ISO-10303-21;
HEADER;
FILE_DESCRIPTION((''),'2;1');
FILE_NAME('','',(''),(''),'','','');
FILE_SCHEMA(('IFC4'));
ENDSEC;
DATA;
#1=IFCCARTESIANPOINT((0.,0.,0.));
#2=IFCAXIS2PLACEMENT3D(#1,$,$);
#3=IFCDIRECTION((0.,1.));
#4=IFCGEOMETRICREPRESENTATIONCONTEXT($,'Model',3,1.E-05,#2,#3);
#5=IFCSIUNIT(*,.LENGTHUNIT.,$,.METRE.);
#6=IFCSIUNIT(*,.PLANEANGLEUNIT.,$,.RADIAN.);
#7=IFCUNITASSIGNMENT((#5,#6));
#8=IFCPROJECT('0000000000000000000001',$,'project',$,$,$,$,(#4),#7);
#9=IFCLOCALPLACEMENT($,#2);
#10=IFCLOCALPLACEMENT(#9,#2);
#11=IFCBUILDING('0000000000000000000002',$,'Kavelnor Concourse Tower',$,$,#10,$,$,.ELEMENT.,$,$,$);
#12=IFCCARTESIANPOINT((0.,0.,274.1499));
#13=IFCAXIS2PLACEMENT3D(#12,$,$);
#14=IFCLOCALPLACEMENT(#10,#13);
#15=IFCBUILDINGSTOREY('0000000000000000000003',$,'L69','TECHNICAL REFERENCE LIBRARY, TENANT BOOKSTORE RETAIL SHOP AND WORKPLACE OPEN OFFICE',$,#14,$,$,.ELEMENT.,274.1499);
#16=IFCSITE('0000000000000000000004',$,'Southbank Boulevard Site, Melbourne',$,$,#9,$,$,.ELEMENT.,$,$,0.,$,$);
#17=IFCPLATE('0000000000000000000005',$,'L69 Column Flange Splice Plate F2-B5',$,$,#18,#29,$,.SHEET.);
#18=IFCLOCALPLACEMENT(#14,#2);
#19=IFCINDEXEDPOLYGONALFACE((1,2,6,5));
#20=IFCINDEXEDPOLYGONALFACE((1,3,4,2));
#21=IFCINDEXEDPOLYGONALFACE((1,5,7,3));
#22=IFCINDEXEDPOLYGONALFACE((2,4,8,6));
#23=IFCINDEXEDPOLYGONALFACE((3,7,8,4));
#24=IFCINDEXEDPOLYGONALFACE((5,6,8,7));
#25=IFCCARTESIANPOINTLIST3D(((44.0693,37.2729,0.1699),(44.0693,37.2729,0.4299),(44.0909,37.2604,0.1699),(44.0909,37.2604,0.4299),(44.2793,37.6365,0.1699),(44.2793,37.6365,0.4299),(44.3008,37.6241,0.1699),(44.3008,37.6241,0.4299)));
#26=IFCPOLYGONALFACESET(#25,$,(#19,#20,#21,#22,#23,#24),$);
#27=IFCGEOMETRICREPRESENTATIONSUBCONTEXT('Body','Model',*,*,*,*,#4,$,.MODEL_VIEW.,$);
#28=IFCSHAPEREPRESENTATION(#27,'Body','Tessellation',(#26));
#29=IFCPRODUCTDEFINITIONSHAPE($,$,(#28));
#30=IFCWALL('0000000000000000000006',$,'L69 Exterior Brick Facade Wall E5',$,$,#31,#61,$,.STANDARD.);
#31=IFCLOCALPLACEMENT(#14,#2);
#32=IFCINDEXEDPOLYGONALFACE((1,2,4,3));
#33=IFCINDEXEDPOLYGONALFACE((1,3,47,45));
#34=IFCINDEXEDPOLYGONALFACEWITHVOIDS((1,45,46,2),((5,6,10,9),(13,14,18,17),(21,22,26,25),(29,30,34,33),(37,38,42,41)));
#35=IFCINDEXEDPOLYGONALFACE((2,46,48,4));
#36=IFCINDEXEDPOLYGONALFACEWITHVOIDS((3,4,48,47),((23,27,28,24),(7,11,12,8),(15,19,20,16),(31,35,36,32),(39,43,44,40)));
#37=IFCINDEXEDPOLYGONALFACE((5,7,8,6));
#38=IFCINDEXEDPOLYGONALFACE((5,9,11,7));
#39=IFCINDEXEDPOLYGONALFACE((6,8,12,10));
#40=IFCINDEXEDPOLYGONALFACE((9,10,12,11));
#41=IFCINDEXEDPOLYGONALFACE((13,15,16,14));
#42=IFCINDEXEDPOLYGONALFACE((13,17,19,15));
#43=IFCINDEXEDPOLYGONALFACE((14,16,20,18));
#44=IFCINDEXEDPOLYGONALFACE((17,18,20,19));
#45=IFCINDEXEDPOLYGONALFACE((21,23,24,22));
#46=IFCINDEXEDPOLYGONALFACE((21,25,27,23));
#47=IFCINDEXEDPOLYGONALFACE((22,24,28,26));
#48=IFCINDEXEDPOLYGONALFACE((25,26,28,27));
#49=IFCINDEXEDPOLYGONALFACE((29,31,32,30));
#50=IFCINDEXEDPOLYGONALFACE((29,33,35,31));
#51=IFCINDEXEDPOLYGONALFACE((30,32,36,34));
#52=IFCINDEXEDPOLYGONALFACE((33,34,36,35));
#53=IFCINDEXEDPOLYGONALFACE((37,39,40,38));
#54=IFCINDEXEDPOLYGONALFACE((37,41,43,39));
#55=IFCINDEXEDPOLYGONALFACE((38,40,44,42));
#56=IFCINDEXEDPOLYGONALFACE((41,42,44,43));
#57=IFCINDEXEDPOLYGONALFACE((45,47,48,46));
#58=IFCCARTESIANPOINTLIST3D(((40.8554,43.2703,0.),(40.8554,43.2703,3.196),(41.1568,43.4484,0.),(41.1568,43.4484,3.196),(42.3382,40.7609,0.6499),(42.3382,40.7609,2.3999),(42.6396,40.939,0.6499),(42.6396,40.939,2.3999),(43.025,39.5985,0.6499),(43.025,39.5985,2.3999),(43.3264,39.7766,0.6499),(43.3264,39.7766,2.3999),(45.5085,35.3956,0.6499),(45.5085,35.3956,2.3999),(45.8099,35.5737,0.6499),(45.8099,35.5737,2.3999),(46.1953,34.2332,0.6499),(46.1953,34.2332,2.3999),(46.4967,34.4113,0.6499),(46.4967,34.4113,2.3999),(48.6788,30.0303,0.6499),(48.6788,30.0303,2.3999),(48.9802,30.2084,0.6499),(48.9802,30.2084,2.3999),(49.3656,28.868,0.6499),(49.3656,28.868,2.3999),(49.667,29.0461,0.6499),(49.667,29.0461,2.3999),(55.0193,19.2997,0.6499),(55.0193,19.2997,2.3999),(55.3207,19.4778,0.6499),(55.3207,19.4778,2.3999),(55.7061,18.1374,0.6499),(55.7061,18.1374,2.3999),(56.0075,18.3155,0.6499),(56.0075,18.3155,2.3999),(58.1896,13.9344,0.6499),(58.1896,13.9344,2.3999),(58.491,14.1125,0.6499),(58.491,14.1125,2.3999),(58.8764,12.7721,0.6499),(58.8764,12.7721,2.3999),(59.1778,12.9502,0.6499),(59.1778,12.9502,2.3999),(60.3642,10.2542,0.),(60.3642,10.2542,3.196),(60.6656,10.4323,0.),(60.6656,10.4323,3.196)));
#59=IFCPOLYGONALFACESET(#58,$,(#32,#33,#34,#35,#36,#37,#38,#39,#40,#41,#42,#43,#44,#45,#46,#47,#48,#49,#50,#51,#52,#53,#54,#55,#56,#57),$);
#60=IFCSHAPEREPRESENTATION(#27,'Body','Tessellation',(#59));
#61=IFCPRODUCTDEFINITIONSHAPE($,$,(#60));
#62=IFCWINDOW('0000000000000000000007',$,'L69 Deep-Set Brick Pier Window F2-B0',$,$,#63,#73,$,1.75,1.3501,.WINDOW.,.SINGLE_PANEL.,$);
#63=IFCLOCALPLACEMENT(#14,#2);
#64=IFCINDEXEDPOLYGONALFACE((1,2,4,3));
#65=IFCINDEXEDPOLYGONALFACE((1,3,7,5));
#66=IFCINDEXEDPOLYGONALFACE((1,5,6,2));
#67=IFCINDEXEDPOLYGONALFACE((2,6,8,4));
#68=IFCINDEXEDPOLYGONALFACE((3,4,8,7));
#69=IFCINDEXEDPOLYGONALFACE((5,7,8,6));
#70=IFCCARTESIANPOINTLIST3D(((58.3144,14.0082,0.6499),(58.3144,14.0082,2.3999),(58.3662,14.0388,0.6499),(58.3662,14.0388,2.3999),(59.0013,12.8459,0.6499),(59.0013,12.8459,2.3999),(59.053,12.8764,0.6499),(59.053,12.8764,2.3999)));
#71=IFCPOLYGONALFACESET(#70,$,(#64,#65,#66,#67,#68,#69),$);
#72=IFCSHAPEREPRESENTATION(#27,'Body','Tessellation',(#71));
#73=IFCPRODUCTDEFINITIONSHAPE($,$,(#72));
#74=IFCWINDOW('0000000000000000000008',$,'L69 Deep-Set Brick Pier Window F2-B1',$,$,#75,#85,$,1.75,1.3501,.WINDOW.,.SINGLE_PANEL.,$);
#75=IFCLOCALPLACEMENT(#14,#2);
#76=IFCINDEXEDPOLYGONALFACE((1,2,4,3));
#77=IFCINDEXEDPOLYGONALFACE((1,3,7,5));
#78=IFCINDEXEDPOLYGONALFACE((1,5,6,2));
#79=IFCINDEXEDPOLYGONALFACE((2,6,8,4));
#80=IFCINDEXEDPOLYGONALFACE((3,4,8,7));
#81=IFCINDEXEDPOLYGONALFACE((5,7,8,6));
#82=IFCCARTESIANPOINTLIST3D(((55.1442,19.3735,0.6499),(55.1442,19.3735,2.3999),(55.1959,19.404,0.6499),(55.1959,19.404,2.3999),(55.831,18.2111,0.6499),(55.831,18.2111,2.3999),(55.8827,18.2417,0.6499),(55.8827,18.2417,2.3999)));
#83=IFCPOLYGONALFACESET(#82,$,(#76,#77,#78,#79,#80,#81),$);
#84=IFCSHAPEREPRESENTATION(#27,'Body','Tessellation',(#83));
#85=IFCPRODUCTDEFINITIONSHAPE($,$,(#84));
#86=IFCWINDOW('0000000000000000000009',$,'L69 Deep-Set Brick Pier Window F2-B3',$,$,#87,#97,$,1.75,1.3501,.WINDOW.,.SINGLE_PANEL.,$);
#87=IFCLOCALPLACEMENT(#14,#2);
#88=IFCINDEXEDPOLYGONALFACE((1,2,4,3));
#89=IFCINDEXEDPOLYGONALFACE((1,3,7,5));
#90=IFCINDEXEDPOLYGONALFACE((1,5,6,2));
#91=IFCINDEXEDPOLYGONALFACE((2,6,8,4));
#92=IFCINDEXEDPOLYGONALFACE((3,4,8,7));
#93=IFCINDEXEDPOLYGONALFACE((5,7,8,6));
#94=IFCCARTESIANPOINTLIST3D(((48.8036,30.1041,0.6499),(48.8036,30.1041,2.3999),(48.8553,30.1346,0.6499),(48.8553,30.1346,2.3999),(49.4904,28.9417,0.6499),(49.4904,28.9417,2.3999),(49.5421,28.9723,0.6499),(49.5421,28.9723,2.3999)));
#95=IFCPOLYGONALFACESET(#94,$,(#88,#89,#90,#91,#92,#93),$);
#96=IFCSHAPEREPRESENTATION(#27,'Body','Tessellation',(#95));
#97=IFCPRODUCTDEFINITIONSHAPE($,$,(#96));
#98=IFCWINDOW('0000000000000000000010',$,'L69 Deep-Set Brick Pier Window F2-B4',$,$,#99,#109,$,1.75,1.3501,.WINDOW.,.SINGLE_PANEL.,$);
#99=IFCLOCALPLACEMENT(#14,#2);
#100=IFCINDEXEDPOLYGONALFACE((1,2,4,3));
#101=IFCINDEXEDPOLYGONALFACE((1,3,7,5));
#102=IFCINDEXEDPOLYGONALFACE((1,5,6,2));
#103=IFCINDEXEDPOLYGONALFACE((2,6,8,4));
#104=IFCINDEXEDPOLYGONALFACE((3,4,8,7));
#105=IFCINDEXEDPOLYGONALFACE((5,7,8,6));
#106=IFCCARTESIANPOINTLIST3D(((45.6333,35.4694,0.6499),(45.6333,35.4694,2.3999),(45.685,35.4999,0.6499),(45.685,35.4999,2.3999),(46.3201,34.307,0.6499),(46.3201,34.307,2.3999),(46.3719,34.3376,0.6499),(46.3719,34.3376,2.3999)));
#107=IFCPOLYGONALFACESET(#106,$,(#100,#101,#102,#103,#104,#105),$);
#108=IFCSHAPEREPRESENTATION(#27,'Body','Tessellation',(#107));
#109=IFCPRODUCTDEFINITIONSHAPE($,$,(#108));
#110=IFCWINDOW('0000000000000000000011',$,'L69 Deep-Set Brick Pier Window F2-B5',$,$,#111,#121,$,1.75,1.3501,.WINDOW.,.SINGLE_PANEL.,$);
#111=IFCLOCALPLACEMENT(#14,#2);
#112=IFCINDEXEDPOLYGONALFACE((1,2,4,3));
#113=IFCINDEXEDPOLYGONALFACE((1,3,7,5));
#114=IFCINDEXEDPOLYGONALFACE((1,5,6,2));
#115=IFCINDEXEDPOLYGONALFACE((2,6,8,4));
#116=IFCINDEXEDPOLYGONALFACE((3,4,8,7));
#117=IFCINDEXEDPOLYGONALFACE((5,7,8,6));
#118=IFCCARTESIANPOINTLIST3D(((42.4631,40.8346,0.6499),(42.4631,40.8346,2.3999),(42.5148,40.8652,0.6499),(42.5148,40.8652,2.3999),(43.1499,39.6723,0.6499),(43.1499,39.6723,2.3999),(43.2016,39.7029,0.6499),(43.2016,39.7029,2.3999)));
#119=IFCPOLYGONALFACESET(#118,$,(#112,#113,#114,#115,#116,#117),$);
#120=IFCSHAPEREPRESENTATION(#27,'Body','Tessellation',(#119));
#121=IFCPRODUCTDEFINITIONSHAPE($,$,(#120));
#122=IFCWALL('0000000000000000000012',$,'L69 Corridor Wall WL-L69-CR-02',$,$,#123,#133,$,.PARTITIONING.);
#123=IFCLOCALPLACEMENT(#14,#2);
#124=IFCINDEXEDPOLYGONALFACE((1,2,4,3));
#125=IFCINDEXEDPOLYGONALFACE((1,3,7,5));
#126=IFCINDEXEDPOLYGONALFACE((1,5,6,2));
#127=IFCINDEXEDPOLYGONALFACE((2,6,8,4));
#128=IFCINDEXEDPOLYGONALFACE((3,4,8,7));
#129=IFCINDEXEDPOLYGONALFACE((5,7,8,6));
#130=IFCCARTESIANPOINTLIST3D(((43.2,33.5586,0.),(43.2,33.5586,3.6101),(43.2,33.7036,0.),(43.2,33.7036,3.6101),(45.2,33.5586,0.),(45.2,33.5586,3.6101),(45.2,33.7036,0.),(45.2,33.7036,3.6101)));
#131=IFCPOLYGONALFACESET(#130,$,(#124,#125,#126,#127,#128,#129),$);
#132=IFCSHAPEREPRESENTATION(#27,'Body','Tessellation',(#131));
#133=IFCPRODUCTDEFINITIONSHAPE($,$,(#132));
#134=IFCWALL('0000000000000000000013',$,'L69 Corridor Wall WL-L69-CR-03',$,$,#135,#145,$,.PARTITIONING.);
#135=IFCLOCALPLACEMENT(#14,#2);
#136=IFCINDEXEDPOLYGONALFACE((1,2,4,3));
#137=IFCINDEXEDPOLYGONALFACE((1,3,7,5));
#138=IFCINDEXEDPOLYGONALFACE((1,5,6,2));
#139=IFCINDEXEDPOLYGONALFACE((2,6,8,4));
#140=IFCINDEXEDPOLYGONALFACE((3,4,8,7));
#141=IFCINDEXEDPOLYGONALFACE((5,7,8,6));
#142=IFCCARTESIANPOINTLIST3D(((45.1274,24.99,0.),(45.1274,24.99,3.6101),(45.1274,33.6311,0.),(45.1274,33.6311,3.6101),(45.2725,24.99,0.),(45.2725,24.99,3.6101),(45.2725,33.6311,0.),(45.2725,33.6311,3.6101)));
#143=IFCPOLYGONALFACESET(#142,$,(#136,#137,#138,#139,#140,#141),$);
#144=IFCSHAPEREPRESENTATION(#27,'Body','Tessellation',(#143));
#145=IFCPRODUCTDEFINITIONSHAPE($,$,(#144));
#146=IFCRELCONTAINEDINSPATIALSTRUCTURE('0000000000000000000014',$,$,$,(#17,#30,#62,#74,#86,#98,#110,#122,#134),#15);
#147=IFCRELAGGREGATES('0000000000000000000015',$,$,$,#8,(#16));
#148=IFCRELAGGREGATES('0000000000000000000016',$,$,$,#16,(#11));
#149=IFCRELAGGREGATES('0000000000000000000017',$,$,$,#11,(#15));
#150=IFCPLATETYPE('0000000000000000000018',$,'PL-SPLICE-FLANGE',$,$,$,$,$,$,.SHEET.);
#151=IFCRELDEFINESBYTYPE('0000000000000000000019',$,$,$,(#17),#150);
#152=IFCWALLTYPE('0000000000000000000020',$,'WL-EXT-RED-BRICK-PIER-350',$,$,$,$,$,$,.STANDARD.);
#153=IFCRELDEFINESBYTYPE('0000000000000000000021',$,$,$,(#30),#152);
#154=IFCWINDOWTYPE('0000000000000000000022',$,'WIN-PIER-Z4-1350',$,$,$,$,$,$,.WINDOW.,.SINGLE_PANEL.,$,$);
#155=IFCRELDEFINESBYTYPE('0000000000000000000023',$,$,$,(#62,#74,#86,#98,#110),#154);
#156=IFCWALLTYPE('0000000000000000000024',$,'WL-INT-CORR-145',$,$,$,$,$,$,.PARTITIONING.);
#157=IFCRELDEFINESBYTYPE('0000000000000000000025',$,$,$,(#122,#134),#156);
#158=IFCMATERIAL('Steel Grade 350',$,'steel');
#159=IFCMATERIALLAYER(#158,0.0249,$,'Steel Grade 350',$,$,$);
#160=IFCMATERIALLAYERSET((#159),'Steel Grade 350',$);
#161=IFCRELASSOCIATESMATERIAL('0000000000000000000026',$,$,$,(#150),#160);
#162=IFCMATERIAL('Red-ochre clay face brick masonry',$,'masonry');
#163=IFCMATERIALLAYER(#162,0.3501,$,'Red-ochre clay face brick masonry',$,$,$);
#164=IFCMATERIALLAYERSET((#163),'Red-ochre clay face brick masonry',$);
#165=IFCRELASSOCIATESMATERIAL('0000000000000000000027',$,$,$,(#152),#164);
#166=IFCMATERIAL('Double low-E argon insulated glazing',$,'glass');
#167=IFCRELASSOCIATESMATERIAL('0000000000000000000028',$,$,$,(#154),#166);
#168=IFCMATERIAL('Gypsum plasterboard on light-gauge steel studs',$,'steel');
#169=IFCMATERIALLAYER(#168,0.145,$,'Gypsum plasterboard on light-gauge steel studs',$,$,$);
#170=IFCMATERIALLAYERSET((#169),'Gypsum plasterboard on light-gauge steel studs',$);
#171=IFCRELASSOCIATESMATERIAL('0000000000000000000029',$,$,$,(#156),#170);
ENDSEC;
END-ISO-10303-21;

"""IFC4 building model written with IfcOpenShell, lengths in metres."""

from ifc_helpers import new_model, si_unit, direction, frame, frame_2d, origin, origin_2d, place, context, subcontext, project, spatial, rectangle, extrude, material, layer, layer_set, type_object, element, fill, save


model = new_model("IFC4")

# Units and contexts
model_context = context("Model", 3, precision=1e-05, world=origin(), true_north=direction((0.0, 1.0)))
body_context = subcontext(model_context, "Body", "Model", "MODEL_VIEW")
ifc_project = project(units=[si_unit("LENGTHUNIT", "METRE"), si_unit("PLANEANGLEUNIT", "RADIAN")], contexts=[model_context])

# Site, building, storey
site_placement = place(None, origin())
site = spatial("IfcSite", under=ifc_project, at=site_placement, Name="Southbank Boulevard Site, Melbourne", CompositionType="ELEMENT", RefElevation=0.0)
building_placement = place(site_placement, origin())
building = spatial("IfcBuilding", under=site, at=building_placement, Name="Kavelnor Concourse Tower", CompositionType="ELEMENT")
storey_placement = place(building_placement, frame((0.0, 0.0, 274.1499)))
storey = spatial("IfcBuildingStorey", under=building, at=storey_placement, Name="L69", Description="TECHNICAL REFERENCE LIBRARY, TENANT BOOKSTORE RETAIL SHOP AND WORKPLACE OPEN OFFICE", CompositionType="ELEMENT", Elevation=274.1499)

# Shared definitions
ifc_material_1 = material(Name="Steel Grade 350", Category="steel")

# Plate
ifc_layer_1 = layer(ifc_material_1, 0.0249, Name="Steel Grade 350")
ifc_layer_set_1 = layer_set([ifc_layer_1], Name="Steel Grade 350")
plate_type_1 = type_object("IfcPlateType", Name="PL-SPLICE-FLANGE", PredefinedType="SHEET", material=ifc_layer_set_1)
plate_placement = place(storey_placement, frame((44.1851, 37.4485, 0.1699), z_axis=(0.0, 0.0, 1.0), x_axis=(-0.5, -0.866025, 0.0)))
element("IfcPlate", 1, at=plate_placement, inside=storey, type_object=plate_type_1, Name="L69 Column Flange Splice Plate F2-B5", PredefinedType="SHEET", context=body_context, shape_type="SweptSolid", body=[
    extrude(rectangle(XDim=0.4199, YDim=0.0249, at=origin_2d()), origin(), (0.0, 0.0, 1.0), 0.26),
])

# Wall, openings, windows
ifc_material_2 = material(Name="Red-ochre clay face brick masonry", Category="masonry")
ifc_layer_2 = layer(ifc_material_2, 0.3501, Name="Red-ochre clay face brick masonry")
ifc_layer_set_2 = layer_set([ifc_layer_2], Name="Red-ochre clay face brick masonry")
wall_type_1 = type_object("IfcWallType", Name="WL-EXT-RED-BRICK-PIER-350", PredefinedType="STANDARD", material=ifc_layer_set_2)
wall_1_placement = place(storey_placement, frame((41.0061, 43.3594, 0.0), z_axis=(0.0, 0.0, 1.0), x_axis=(0.508715, -0.860935, 0.0)))
wall_1 = element("IfcWall", 2, at=wall_1_placement, inside=storey, type_object=wall_type_1, Name="L69 Exterior Brick Facade Wall E5", PredefinedType="STANDARD", context=body_context, shape_type="SweptSolid", body=[
    extrude(rectangle(XDim=38.3491, YDim=0.3501, at=frame_2d((19.1746, 0.0))), origin(), (0.0, 0.0, 1.0), 3.196),
])
opening_1_placement = place(wall_1_placement, frame((34.0745, 0.0, 0.6499)))
opening_1 = element("IfcOpeningElement", 3, at=opening_1_placement, cuts=wall_1, PredefinedType="OPENING", context=body_context, shape_type="SweptSolid", body=[
    extrude(rectangle(XDim=1.3501, YDim=1.75, at=frame_2d((0.675, 0.875))), frame((0.0, 0.1851, 0.0), z_axis=(0.0, -1.0, 0.0), x_axis=(1.0, 0.0, 0.0)), (0.0, 0.0, 1.0), 0.3701),
])
opening_2_placement = place(wall_1_placement, frame((27.8425, 0.0, 0.6499)))
opening_2 = element("IfcOpeningElement", 4, at=opening_2_placement, cuts=wall_1, PredefinedType="OPENING", context=body_context, shape_type="SweptSolid", body=[
    extrude(rectangle(XDim=1.3501, YDim=1.75, at=frame_2d((0.675, 0.875))), frame((0.0, 0.1851, 0.0), z_axis=(0.0, -1.0, 0.0), x_axis=(1.0, 0.0, 0.0)), (0.0, 0.0, 1.0), 0.3701),
])
opening_3_placement = place(wall_1_placement, frame((15.3787, 0.0, 0.6499)))
opening_3 = element("IfcOpeningElement", 5, at=opening_3_placement, cuts=wall_1, PredefinedType="OPENING", context=body_context, shape_type="SweptSolid", body=[
    extrude(rectangle(XDim=1.3501, YDim=1.75, at=frame_2d((0.675, 0.875))), frame((0.0, 0.1851, 0.0), z_axis=(0.0, -1.0, 0.0), x_axis=(1.0, 0.0, 0.0)), (0.0, 0.0, 1.0), 0.3701),
])
opening_4_placement = place(wall_1_placement, frame((9.1467, 0.0, 0.6499)))
opening_4 = element("IfcOpeningElement", 6, at=opening_4_placement, cuts=wall_1, PredefinedType="OPENING", context=body_context, shape_type="SweptSolid", body=[
    extrude(rectangle(XDim=1.3501, YDim=1.75, at=frame_2d((0.675, 0.875))), frame((0.0, 0.1851, 0.0), z_axis=(0.0, -1.0, 0.0), x_axis=(1.0, 0.0, 0.0)), (0.0, 0.0, 1.0), 0.3701),
])
opening_5_placement = place(wall_1_placement, frame((2.9148, 0.0, 0.6499)))
opening_5 = element("IfcOpeningElement", 7, at=opening_5_placement, cuts=wall_1, PredefinedType="OPENING", context=body_context, shape_type="SweptSolid", body=[
    extrude(rectangle(XDim=1.3501, YDim=1.75, at=frame_2d((0.675, 0.875))), frame((0.0, 0.1851, 0.0), z_axis=(0.0, -1.0, 0.0), x_axis=(1.0, 0.0, 0.0)), (0.0, 0.0, 1.0), 0.3701),
])
ifc_material_3 = material(Name="Double low-E argon insulated glazing", Category="glass")
window_type = type_object("IfcWindowType", Name="WIN-PIER-Z4-1350", PartitioningType="SINGLE_PANEL", PredefinedType="WINDOW", material=ifc_material_3)
window_1_placement = place(opening_1_placement, origin())
window_1 = element("IfcWindow", 8, at=window_1_placement, inside=storey, type_object=window_type, Name="L69 Deep-Set Brick Pier Window F2-B0", OverallHeight=1.75, OverallWidth=1.3501, PartitioningType="SINGLE_PANEL", PredefinedType="WINDOW", context=body_context, shape_type="SweptSolid", body=[
    extrude(rectangle(XDim=1.3501, YDim=1.75, at=frame_2d((0.675, 0.875))), frame((0.0, 0.03, 0.0), z_axis=(0.0, -1.0, 0.0), x_axis=(1.0, 0.0, 0.0)), (0.0, 0.0, 1.0), 0.0601),
])
fill(opening_1, window_1)
window_2_placement = place(opening_2_placement, origin())
window_2 = element("IfcWindow", 9, at=window_2_placement, inside=storey, type_object=window_type, Name="L69 Deep-Set Brick Pier Window F2-B1", OverallHeight=1.75, OverallWidth=1.3501, PartitioningType="SINGLE_PANEL", PredefinedType="WINDOW", context=body_context, shape_type="SweptSolid", body=[
    extrude(rectangle(XDim=1.3501, YDim=1.75, at=frame_2d((0.675, 0.875))), frame((0.0, 0.03, 0.0), z_axis=(0.0, -1.0, 0.0), x_axis=(1.0, 0.0, 0.0)), (0.0, 0.0, 1.0), 0.0601),
])
fill(opening_2, window_2)
window_3_placement = place(opening_3_placement, origin())
window_3 = element("IfcWindow", 10, at=window_3_placement, inside=storey, type_object=window_type, Name="L69 Deep-Set Brick Pier Window F2-B3", OverallHeight=1.75, OverallWidth=1.3501, PartitioningType="SINGLE_PANEL", PredefinedType="WINDOW", context=body_context, shape_type="SweptSolid", body=[
    extrude(rectangle(XDim=1.3501, YDim=1.75, at=frame_2d((0.675, 0.875))), frame((0.0, 0.03, 0.0), z_axis=(0.0, -1.0, 0.0), x_axis=(1.0, 0.0, 0.0)), (0.0, 0.0, 1.0), 0.0601),
])
fill(opening_3, window_3)
window_4_placement = place(opening_4_placement, origin())
window_4 = element("IfcWindow", 11, at=window_4_placement, inside=storey, type_object=window_type, Name="L69 Deep-Set Brick Pier Window F2-B4", OverallHeight=1.75, OverallWidth=1.3501, PartitioningType="SINGLE_PANEL", PredefinedType="WINDOW", context=body_context, shape_type="SweptSolid", body=[
    extrude(rectangle(XDim=1.3501, YDim=1.75, at=frame_2d((0.675, 0.875))), frame((0.0, 0.03, 0.0), z_axis=(0.0, -1.0, 0.0), x_axis=(1.0, 0.0, 0.0)), (0.0, 0.0, 1.0), 0.0601),
])
fill(opening_4, window_4)
window_5_placement = place(opening_5_placement, origin())
window_5 = element("IfcWindow", 12, at=window_5_placement, inside=storey, type_object=window_type, Name="L69 Deep-Set Brick Pier Window F2-B5", OverallHeight=1.75, OverallWidth=1.3501, PartitioningType="SINGLE_PANEL", PredefinedType="WINDOW", context=body_context, shape_type="SweptSolid", body=[
    extrude(rectangle(XDim=1.3501, YDim=1.75, at=frame_2d((0.675, 0.875))), frame((0.0, 0.03, 0.0), z_axis=(0.0, -1.0, 0.0), x_axis=(1.0, 0.0, 0.0)), (0.0, 0.0, 1.0), 0.0601),
])
fill(opening_5, window_5)

# Walls
ifc_material_4 = material(Name="Gypsum plasterboard on light-gauge steel studs", Category="steel")
ifc_layer_3 = layer(ifc_material_4, 0.145, Name="Gypsum plasterboard on light-gauge steel studs")
ifc_layer_set_3 = layer_set([ifc_layer_3], Name="Gypsum plasterboard on light-gauge steel studs")
wall_type_2 = type_object("IfcWallType", Name="WL-INT-CORR-145", PredefinedType="PARTITIONING", material=ifc_layer_set_3)
wall_2_placement = place(storey_placement, frame((43.2, 33.6311, 0.0), z_axis=(0.0, 0.0, 1.0), x_axis=(1.0, 0.0, 0.0)))
element("IfcWall", 13, at=wall_2_placement, inside=storey, type_object=wall_type_2, Name="L69 Corridor Wall WL-L69-CR-02", PredefinedType="PARTITIONING", context=body_context, shape_type="SweptSolid", body=[
    extrude(rectangle(XDim=2.0, YDim=0.145, at=frame_2d((1.0, 0.0))), origin(), (0.0, 0.0, 1.0), 3.6101),
])
wall_3_placement = place(storey_placement, frame((45.2, 33.6311, 0.0), z_axis=(0.0, 0.0, 1.0), x_axis=(0.0, -1.0, 0.0)))
element("IfcWall", 14, at=wall_3_placement, inside=storey, type_object=wall_type_2, Name="L69 Corridor Wall WL-L69-CR-03", PredefinedType="PARTITIONING", context=body_context, shape_type="SweptSolid", body=[
    extrude(rectangle(XDim=8.6411, YDim=0.145, at=frame_2d((4.3206, 0.0))), origin(), (0.0, 0.0, 1.0), 3.6101),
])

save(model, "model.ifc")
